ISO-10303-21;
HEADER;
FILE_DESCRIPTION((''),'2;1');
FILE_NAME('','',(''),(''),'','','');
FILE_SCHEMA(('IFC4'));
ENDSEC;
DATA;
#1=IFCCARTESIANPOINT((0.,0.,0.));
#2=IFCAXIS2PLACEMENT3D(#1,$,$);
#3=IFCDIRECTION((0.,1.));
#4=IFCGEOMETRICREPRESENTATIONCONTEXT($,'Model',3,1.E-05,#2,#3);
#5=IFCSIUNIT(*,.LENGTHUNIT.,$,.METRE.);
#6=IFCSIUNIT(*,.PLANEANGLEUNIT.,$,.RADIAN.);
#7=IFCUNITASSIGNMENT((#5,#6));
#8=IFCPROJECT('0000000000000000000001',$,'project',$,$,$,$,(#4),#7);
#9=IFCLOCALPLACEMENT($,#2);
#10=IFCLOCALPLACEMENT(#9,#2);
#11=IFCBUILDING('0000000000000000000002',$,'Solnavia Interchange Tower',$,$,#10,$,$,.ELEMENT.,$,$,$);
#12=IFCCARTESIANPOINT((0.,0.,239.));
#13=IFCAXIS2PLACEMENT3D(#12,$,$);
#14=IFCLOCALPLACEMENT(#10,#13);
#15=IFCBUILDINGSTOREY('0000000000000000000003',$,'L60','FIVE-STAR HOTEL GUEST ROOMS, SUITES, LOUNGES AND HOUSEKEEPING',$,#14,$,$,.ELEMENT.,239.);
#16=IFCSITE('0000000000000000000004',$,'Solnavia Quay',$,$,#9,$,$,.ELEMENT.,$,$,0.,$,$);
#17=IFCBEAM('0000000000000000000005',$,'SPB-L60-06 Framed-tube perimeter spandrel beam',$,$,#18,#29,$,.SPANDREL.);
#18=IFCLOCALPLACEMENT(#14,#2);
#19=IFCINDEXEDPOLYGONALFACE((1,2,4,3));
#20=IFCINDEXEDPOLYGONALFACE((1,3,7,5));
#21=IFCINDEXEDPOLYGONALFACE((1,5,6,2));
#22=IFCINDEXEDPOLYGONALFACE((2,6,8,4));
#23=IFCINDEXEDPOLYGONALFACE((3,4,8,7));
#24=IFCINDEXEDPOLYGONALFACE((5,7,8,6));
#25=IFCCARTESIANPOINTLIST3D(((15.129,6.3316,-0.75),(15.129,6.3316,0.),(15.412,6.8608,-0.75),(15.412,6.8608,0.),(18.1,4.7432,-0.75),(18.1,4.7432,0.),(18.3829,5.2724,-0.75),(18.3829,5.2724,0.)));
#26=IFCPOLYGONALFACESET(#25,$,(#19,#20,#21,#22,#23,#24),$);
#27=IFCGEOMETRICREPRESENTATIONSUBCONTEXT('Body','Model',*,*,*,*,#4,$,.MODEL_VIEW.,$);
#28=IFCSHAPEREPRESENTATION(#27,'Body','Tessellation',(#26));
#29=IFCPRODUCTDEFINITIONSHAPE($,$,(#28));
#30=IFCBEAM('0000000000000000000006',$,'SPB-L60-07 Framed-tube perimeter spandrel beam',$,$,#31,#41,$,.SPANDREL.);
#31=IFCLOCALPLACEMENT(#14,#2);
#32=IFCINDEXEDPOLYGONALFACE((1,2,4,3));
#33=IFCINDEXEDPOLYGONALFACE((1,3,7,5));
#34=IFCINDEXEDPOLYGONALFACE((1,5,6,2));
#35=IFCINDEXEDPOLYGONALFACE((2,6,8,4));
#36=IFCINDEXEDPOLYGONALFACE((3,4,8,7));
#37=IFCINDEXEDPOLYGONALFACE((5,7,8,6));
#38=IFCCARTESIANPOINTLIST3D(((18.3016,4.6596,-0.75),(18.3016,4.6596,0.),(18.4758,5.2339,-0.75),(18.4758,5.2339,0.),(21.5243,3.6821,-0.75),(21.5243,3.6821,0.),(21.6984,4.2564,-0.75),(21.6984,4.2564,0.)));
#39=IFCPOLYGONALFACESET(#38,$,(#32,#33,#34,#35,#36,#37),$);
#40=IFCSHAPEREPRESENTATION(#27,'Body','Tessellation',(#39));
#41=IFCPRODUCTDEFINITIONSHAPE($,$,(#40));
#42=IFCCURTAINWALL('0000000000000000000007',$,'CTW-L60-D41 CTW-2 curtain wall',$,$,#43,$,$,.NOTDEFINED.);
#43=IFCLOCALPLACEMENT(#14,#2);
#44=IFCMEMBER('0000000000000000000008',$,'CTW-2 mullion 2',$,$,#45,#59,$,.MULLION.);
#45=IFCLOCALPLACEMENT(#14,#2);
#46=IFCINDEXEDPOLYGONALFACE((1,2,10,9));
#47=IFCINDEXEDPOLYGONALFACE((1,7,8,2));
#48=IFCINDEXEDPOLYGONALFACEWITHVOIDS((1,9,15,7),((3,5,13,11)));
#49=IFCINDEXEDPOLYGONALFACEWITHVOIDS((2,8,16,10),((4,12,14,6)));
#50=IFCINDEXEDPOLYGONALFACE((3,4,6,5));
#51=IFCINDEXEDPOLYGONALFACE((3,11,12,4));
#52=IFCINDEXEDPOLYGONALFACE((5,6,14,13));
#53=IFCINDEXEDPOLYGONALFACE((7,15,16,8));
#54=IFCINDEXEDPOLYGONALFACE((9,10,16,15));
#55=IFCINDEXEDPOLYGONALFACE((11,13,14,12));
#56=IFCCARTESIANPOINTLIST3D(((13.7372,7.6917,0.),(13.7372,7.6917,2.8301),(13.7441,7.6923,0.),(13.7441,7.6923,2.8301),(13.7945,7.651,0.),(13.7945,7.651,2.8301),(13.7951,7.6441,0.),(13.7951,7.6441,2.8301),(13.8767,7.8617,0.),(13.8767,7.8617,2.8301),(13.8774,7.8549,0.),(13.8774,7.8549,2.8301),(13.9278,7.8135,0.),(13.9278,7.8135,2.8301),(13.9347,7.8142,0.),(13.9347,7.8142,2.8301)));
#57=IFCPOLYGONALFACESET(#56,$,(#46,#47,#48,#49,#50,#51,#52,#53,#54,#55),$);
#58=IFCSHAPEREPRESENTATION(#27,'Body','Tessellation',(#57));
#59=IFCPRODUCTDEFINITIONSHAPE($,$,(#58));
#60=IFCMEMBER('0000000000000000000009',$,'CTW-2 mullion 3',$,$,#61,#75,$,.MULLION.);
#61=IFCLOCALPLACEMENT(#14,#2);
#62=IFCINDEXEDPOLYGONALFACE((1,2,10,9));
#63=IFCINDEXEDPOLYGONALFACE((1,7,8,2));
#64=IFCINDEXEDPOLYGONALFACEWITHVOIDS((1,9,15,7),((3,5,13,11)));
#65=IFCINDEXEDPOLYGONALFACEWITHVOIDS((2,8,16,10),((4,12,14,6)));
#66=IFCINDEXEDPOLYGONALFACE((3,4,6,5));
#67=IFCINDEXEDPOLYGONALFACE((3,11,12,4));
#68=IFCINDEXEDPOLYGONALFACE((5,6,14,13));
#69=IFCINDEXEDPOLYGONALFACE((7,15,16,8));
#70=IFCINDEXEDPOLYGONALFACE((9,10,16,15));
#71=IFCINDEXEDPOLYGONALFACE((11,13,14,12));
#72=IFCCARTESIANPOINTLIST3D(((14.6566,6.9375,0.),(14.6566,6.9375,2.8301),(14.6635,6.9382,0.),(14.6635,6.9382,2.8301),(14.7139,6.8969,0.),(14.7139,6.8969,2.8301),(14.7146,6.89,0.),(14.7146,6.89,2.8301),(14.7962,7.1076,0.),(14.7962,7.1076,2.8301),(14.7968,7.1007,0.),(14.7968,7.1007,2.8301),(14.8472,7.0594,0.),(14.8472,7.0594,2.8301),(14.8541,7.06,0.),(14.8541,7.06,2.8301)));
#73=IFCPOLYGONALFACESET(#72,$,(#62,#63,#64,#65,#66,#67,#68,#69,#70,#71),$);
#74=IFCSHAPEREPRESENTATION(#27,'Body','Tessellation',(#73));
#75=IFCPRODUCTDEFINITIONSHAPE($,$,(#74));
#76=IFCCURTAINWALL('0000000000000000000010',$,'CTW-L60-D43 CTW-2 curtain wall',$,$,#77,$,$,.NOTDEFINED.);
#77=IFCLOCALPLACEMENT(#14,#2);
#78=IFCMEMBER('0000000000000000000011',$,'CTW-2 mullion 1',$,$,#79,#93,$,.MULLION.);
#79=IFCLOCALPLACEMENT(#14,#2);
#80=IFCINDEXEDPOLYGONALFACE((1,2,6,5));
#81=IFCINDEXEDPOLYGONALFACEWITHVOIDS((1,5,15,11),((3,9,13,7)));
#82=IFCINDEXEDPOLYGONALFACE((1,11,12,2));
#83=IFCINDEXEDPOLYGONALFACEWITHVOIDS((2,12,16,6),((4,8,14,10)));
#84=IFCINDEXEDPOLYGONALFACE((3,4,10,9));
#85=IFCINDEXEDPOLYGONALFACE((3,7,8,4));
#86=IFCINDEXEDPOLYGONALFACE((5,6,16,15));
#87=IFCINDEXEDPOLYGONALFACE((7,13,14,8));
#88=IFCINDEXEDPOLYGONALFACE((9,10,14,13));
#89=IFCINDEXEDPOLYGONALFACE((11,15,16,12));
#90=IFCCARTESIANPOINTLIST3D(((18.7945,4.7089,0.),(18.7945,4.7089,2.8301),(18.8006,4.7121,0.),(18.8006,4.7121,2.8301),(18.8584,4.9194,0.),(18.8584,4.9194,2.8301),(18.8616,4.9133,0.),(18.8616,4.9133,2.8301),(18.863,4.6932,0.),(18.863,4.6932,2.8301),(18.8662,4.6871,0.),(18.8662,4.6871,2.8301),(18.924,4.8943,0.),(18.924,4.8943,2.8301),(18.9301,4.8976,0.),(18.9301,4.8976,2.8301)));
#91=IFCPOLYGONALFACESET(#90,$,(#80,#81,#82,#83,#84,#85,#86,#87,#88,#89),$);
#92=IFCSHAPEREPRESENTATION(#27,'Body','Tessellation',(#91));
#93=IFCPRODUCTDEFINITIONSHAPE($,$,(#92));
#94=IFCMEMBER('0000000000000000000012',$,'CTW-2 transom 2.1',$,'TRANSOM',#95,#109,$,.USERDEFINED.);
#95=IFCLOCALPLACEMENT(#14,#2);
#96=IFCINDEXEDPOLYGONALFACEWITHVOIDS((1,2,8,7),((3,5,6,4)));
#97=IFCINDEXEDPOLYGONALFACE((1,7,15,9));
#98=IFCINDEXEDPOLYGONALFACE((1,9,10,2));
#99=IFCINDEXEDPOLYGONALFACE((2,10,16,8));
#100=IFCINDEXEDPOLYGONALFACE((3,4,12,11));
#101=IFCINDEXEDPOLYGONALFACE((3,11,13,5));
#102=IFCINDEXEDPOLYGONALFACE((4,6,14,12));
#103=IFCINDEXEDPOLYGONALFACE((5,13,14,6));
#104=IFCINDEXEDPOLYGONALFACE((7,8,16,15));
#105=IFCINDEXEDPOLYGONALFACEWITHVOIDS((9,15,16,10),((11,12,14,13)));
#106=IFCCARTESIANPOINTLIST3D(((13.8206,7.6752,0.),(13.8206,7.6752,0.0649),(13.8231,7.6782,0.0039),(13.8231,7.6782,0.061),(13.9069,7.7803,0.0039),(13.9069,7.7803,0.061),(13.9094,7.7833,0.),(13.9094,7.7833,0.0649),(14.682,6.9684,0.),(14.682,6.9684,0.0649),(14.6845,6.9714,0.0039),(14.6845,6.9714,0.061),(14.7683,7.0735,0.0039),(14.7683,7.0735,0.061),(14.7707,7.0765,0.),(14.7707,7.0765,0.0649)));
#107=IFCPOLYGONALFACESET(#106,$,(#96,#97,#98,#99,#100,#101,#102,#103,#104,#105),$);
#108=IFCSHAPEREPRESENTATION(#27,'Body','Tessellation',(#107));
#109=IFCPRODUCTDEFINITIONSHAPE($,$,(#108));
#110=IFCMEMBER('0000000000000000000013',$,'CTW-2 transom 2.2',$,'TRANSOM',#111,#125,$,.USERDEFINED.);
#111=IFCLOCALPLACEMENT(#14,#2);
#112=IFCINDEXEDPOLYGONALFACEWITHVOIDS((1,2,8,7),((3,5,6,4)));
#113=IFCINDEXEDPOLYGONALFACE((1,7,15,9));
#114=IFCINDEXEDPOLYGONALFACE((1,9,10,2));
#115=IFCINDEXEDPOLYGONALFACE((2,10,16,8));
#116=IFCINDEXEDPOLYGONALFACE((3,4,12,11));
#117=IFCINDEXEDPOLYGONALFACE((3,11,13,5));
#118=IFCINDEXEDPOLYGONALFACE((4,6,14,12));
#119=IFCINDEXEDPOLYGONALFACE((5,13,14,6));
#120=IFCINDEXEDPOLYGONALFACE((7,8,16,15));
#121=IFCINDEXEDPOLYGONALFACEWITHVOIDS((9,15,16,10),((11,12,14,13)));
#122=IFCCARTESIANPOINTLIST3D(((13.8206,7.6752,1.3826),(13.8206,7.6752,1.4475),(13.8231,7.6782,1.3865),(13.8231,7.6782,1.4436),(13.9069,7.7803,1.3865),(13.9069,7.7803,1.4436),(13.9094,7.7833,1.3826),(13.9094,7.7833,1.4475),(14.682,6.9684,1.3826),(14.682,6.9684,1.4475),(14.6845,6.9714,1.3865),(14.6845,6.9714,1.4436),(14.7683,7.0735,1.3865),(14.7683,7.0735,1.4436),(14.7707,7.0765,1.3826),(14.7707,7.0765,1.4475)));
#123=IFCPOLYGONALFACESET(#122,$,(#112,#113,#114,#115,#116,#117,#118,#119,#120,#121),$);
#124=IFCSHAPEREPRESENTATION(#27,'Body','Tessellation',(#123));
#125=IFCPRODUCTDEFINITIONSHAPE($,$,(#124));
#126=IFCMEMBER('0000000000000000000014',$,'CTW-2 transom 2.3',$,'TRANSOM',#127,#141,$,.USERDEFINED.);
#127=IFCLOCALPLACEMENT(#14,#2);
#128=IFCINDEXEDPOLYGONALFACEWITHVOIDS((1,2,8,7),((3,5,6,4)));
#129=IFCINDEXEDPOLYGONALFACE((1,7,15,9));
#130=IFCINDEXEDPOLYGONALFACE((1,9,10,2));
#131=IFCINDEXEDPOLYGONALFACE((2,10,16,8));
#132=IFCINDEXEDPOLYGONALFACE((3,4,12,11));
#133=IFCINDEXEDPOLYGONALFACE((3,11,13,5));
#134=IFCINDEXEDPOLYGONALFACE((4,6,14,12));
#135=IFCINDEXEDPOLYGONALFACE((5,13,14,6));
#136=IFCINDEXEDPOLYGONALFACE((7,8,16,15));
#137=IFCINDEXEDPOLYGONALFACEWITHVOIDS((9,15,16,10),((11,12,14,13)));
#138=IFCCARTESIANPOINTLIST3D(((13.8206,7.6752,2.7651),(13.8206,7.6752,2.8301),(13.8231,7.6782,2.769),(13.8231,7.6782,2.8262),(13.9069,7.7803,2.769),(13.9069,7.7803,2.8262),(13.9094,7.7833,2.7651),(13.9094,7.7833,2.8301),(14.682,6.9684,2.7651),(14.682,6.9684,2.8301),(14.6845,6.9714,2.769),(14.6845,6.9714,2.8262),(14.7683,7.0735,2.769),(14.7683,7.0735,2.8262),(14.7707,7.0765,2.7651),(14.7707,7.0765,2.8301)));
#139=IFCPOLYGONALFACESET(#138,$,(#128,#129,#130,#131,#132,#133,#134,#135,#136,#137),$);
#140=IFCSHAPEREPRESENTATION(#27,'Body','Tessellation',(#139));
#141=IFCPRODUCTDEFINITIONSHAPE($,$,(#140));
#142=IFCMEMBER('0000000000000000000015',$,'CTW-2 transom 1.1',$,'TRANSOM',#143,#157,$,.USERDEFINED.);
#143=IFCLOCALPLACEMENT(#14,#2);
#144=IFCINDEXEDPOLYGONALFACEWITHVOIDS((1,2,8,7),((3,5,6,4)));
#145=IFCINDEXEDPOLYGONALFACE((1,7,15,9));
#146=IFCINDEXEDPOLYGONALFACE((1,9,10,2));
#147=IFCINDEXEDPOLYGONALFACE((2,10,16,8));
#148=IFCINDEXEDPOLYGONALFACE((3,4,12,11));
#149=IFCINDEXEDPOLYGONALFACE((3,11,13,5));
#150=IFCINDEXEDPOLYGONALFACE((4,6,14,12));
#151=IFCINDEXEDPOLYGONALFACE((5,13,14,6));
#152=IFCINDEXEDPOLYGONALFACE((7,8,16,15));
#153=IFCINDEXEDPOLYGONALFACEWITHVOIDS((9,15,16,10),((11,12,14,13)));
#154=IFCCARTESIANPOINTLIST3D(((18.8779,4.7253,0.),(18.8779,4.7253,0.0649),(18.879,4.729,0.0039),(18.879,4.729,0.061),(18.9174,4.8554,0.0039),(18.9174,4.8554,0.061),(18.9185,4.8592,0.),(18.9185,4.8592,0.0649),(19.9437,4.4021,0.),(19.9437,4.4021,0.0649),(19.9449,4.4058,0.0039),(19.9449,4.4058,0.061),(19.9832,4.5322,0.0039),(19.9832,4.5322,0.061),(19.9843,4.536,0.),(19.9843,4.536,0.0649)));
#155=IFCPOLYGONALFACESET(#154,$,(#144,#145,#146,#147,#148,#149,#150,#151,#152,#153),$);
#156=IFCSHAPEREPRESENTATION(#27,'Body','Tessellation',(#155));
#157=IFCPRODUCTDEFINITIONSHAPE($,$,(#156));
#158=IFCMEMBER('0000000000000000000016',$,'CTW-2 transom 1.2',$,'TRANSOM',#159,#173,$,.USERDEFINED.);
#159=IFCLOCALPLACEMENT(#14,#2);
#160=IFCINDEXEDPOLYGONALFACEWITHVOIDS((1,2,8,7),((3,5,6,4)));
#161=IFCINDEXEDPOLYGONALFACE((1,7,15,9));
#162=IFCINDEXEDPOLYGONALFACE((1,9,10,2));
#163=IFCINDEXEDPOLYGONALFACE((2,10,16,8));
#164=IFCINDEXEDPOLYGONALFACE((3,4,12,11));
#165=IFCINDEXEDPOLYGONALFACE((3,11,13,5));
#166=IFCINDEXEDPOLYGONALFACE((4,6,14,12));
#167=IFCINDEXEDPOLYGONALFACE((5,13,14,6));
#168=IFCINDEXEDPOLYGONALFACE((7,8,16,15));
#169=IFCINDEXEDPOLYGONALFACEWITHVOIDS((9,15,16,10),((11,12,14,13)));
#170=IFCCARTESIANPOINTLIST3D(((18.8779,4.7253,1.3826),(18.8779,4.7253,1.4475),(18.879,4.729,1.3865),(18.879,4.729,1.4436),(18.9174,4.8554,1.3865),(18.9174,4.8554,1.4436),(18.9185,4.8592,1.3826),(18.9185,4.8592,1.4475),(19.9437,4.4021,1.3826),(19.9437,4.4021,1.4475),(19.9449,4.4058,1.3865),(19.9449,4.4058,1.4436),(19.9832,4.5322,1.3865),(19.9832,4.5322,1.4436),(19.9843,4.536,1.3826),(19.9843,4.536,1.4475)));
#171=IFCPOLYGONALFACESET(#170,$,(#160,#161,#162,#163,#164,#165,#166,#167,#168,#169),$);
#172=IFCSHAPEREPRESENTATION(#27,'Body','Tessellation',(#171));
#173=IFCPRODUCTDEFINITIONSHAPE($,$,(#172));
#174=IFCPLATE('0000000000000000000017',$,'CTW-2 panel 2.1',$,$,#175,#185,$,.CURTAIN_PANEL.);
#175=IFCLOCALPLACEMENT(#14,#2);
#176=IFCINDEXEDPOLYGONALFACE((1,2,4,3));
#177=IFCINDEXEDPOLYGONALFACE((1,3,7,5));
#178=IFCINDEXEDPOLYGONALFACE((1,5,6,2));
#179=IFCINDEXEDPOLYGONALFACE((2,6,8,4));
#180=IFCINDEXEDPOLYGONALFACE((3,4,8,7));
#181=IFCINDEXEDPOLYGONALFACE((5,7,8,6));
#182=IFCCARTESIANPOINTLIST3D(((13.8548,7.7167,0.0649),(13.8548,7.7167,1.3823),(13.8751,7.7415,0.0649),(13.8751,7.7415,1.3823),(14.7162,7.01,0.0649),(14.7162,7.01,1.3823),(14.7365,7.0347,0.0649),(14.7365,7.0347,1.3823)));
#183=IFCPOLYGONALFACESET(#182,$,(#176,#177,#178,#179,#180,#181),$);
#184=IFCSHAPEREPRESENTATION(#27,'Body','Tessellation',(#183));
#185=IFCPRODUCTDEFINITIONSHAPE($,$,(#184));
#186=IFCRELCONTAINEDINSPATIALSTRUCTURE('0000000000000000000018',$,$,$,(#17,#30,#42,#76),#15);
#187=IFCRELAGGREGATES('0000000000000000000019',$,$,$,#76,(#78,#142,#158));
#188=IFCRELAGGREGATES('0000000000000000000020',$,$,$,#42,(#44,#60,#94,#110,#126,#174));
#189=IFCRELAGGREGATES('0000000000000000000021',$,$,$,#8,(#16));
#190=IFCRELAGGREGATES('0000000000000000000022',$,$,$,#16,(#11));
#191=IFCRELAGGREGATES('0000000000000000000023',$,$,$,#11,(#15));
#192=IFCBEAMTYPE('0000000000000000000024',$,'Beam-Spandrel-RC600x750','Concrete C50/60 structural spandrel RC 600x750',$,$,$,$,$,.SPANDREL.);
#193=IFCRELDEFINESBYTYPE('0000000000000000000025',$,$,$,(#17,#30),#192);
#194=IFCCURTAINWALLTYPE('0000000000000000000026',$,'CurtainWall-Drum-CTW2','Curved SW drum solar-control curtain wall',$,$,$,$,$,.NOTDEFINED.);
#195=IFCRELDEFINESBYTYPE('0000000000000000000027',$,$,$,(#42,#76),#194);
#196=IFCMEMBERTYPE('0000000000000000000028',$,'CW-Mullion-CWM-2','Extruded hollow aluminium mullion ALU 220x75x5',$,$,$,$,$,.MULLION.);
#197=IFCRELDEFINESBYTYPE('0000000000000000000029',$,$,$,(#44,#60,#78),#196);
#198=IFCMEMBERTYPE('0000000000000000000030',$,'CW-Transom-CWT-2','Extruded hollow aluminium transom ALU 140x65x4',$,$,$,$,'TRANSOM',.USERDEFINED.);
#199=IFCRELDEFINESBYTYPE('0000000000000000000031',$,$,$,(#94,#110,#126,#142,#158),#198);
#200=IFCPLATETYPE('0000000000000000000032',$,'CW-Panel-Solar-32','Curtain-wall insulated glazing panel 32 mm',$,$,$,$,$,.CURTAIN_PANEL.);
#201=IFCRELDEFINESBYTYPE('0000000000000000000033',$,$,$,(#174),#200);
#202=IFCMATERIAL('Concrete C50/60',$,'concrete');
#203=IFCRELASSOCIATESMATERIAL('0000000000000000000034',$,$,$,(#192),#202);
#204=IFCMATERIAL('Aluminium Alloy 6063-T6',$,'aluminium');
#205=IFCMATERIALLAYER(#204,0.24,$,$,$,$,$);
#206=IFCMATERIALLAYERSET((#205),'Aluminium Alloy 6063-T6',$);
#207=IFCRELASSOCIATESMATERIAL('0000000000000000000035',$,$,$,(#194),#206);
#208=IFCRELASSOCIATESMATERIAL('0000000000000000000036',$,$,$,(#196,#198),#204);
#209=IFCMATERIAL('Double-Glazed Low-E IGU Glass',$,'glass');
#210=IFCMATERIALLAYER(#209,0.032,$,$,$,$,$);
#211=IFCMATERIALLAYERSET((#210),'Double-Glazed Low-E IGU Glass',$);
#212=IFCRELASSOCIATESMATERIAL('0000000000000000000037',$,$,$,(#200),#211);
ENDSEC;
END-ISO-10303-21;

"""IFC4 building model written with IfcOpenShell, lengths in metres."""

from ifc_helpers import new_model, si_unit, direction, frame, origin, origin_2d, place, context, subcontext, project, spatial, rectangle, hollow_rectangle, extrude, material, layer, layer_set, material_profile, profile_set, type_object, element, aggregate, save


model = new_model("IFC4")

# Units and contexts
model_context = context("Model", 3, precision=1e-05, world=origin(), true_north=direction((0.0, 1.0)))
body_context = subcontext(model_context, "Body", "Model", "MODEL_VIEW")
ifc_project = project(units=[si_unit("LENGTHUNIT", "METRE"), si_unit("PLANEANGLEUNIT", "RADIAN")], contexts=[model_context])

# Site, building, storey
site_placement = place(None, origin())
site = spatial("IfcSite", under=ifc_project, at=site_placement, Name="Solnavia Quay", CompositionType="ELEMENT", RefElevation=0.0)
building_placement = place(site_placement, origin())
building = spatial("IfcBuilding", under=site, at=building_placement, Name="Solnavia Interchange Tower", CompositionType="ELEMENT")
storey_placement = place(building_placement, frame((0.0, 0.0, 239.0)))
storey = spatial("IfcBuildingStorey", under=building, at=storey_placement, Name="L60", Description="FIVE-STAR HOTEL GUEST ROOMS, SUITES, LOUNGES AND HOUSEKEEPING", CompositionType="ELEMENT", Elevation=239.0)

# Shared definitions
ifc_material_1 = material(Name="Concrete C50/60", Category="concrete")

# Beams
ifc_material_profile_1 = material_profile(ifc_material_1, rectangle(XDim=0.6001, YDim=0.75, at=origin_2d()), Name="RC 600x750")
ifc_profile_set_1 = profile_set([ifc_material_profile_1], Name="Concrete C50/60")
beam_type_1 = type_object("IfcBeamType", Name="Beam-Spandrel-RC600x750", Description="Concrete C50/60 structural spandrel RC 600x750", PredefinedType="SPANDREL", material=ifc_profile_set_1)
beam_1_placement = place(storey_placement, frame((15.2705, 6.5962, -0.375), z_axis=(0.881875, -0.471483, 0.0), x_axis=(0.471483, 0.881875, 0.0)))
element("IfcBeam", 1, at=beam_1_placement, inside=storey, type_object=beam_type_1, Name="SPB-L60-06 Framed-tube perimeter spandrel beam", PredefinedType="SPANDREL", context=body_context, shape_type="SweptSolid", body=[
    extrude(rectangle(XDim=0.6001, YDim=0.75, at=origin_2d()), origin(), (0.0, 0.0, 1.0), 3.3689),
])
beam_2_placement = place(storey_placement, frame((18.3887, 4.9468, -0.375), z_axis=(0.956944, -0.290273, 0.0), x_axis=(0.290273, 0.956944, 0.0)))
element("IfcBeam", 2, at=beam_2_placement, inside=storey, type_object=beam_type_1, Name="SPB-L60-07 Framed-tube perimeter spandrel beam", PredefinedType="SPANDREL", context=body_context, shape_type="SweptSolid", body=[
    extrude(rectangle(XDim=0.6001, YDim=0.75, at=origin_2d()), origin(), (0.0, 0.0, 1.0), 3.3677),
])

# Curtain wall, members
ifc_material_2 = material(Name="Aluminium Alloy 6063-T6", Category="aluminium")
ifc_layer_1 = layer(ifc_material_2, 0.24)
ifc_layer_set_1 = layer_set([ifc_layer_1], Name="Aluminium Alloy 6063-T6")
curtain_wall_type = type_object("IfcCurtainWallType", Name="CurtainWall-Drum-CTW2", Description="Curved SW drum solar-control curtain wall", PredefinedType="NOTDEFINED", material=ifc_layer_set_1)
curtain_wall_1_placement = place(storey_placement, origin())
curtain_wall_1 = element("IfcCurtainWall", 3, at=curtain_wall_1_placement, inside=storey, type_object=curtain_wall_type, Name="CTW-L60-D41 CTW-2 curtain wall", PredefinedType="NOTDEFINED")
ifc_material_profile_2 = material_profile(ifc_material_2, hollow_rectangle(XDim=0.075, YDim=0.22, WallThickness=0.0049, at=origin_2d()), Name="ALU 220x75x5")
ifc_profile_set_2 = profile_set([ifc_material_profile_2], Name="Aluminium Alloy 6063-T6")
member_type_1 = type_object("IfcMemberType", Name="CW-Mullion-CWM-2", Description="Extruded hollow aluminium mullion ALU 220x75x5", PredefinedType="MULLION", material=ifc_profile_set_2)
member_1_placement = place(storey_placement, frame((13.8359, 7.7529, 0.0), z_axis=(0.0, 0.0, 1.0), x_axis=(0.773103, -0.63428, 0.0)))
member_1 = element("IfcMember", 4, at=member_1_placement, type_object=member_type_1, Name="CTW-2 mullion 2", PredefinedType="MULLION", context=body_context, shape_type="SweptSolid", body=[
    extrude(hollow_rectangle(XDim=0.075, YDim=0.22, WallThickness=0.0049, at=origin_2d()), origin(), (0.0, 0.0, 1.0), 2.8301),
])
member_2_placement = place(storey_placement, frame((14.7554, 6.9988, 0.0), z_axis=(0.0, 0.0, 1.0), x_axis=(0.773103, -0.63428, 0.0)))
member_2 = element("IfcMember", 5, at=member_2_placement, type_object=member_type_1, Name="CTW-2 mullion 3", PredefinedType="MULLION", context=body_context, shape_type="SweptSolid", body=[
    extrude(hollow_rectangle(XDim=0.075, YDim=0.22, WallThickness=0.0049, at=origin_2d()), origin(), (0.0, 0.0, 1.0), 2.8301),
])

# Curtain wall, member
curtain_wall_2_placement = place(storey_placement, origin())
curtain_wall_2 = element("IfcCurtainWall", 6, at=curtain_wall_2_placement, inside=storey, type_object=curtain_wall_type, Name="CTW-L60-D43 CTW-2 curtain wall", PredefinedType="NOTDEFINED")
member_3_placement = place(storey_placement, frame((18.8623, 4.8032, 0.0), z_axis=(0.0, 0.0, 1.0), x_axis=(0.956942, -0.290279, 0.0)))
member_3 = element("IfcMember", 7, at=member_3_placement, type_object=member_type_1, Name="CTW-2 mullion 1", PredefinedType="MULLION", context=body_context, shape_type="SweptSolid", body=[
    extrude(hollow_rectangle(XDim=0.075, YDim=0.22, WallThickness=0.0049, at=origin_2d()), origin(), (0.0, 0.0, 1.0), 2.8301),
])

# Members
ifc_material_profile_3 = material_profile(ifc_material_2, hollow_rectangle(XDim=0.0649, YDim=0.1399, WallThickness=0.0039, at=origin_2d()), Name="ALU 140x65x4")
ifc_profile_set_3 = profile_set([ifc_material_profile_3], Name="Aluminium Alloy 6063-T6")
member_type_2 = type_object("IfcMemberType", Name="CW-Transom-CWT-2", Description="Extruded hollow aluminium transom ALU 140x65x4", ElementType="TRANSOM", PredefinedType="USERDEFINED", material=ifc_profile_set_3)
member_4_placement = place(storey_placement, frame((13.865, 7.7292, 0.0325), z_axis=(0.773049, -0.634347, 0.0), x_axis=(0.0, 0.0, 1.0)))
member_4 = element("IfcMember", 8, at=member_4_placement, type_object=member_type_2, Name="CTW-2 transom 2.1", ObjectType="TRANSOM", PredefinedType="USERDEFINED", context=body_context, shape_type="SweptSolid", body=[
    extrude(hollow_rectangle(XDim=0.0649, YDim=0.1399, WallThickness=0.0039, at=origin_2d()), origin(), (0.0, 0.0, 1.0), 1.1143),
])
member_5_placement = place(storey_placement, frame((13.865, 7.7292, 1.415), z_axis=(0.773049, -0.634347, 0.0), x_axis=(0.0, 0.0, 1.0)))
member_5 = element("IfcMember", 9, at=member_5_placement, type_object=member_type_2, Name="CTW-2 transom 2.2", ObjectType="TRANSOM", PredefinedType="USERDEFINED", context=body_context, shape_type="SweptSolid", body=[
    extrude(hollow_rectangle(XDim=0.0649, YDim=0.1399, WallThickness=0.0039, at=origin_2d()), origin(), (0.0, 0.0, 1.0), 1.1143),
])
member_6_placement = place(storey_placement, frame((13.865, 7.7292, 2.7976), z_axis=(0.773049, -0.634347, 0.0), x_axis=(0.0, 0.0, 1.0)))
member_6 = element("IfcMember", 10, at=member_6_placement, type_object=member_type_2, Name="CTW-2 transom 2.3", ObjectType="TRANSOM", PredefinedType="USERDEFINED", context=body_context, shape_type="SweptSolid", body=[
    extrude(hollow_rectangle(XDim=0.0649, YDim=0.1399, WallThickness=0.0039, at=origin_2d()), origin(), (0.0, 0.0, 1.0), 1.1143),
])
member_7_placement = place(storey_placement, frame((18.8982, 4.7922, 0.0325), z_axis=(0.956965, -0.290202, 0.0), x_axis=(0.0, 0.0, 1.0)))
member_7 = element("IfcMember", 11, at=member_7_placement, type_object=member_type_2, Name="CTW-2 transom 1.1", ObjectType="TRANSOM", PredefinedType="USERDEFINED", context=body_context, shape_type="SweptSolid", body=[
    extrude(hollow_rectangle(XDim=0.0649, YDim=0.1399, WallThickness=0.0039, at=origin_2d()), origin(), (0.0, 0.0, 1.0), 1.1138),
])
member_8_placement = place(storey_placement, frame((18.8982, 4.7922, 1.415), z_axis=(0.956965, -0.290202, 0.0), x_axis=(0.0, 0.0, 1.0)))
member_8 = element("IfcMember", 12, at=member_8_placement, type_object=member_type_2, Name="CTW-2 transom 1.2", ObjectType="TRANSOM", PredefinedType="USERDEFINED", context=body_context, shape_type="SweptSolid", body=[
    extrude(hollow_rectangle(XDim=0.0649, YDim=0.1399, WallThickness=0.0039, at=origin_2d()), origin(), (0.0, 0.0, 1.0), 1.1138),
])
aggregate(curtain_wall_2, [member_3, member_7, member_8])

# Plate
ifc_material_3 = material(Name="Double-Glazed Low-E IGU Glass", Category="glass")
ifc_layer_2 = layer(ifc_material_3, 0.032)
ifc_layer_set_2 = layer_set([ifc_layer_2], Name="Double-Glazed Low-E IGU Glass")
plate_type = type_object("IfcPlateType", Name="CW-Panel-Solar-32", Description="Curtain-wall insulated glazing panel 32 mm", PredefinedType="CURTAIN_PANEL", material=ifc_layer_set_2)
plate_1_placement = place(storey_placement, frame((14.2957, 7.3757, 0.0649), z_axis=(0.0, 0.0, 1.0), x_axis=(0.773103, -0.63428, 0.0)))
plate_1 = element("IfcPlate", 13, at=plate_1_placement, type_object=plate_type, Name="CTW-2 panel 2.1", PredefinedType="CURTAIN_PANEL", context=body_context, shape_type="SweptSolid", body=[
    extrude(rectangle(XDim=1.1143, YDim=0.032, at=origin_2d()), origin(), (0.0, 0.0, 1.0), 1.3174),
])
aggregate(curtain_wall_1, [member_1, member_2, member_4, member_5, member_6, plate_1])

save(model, "model.ifc")
